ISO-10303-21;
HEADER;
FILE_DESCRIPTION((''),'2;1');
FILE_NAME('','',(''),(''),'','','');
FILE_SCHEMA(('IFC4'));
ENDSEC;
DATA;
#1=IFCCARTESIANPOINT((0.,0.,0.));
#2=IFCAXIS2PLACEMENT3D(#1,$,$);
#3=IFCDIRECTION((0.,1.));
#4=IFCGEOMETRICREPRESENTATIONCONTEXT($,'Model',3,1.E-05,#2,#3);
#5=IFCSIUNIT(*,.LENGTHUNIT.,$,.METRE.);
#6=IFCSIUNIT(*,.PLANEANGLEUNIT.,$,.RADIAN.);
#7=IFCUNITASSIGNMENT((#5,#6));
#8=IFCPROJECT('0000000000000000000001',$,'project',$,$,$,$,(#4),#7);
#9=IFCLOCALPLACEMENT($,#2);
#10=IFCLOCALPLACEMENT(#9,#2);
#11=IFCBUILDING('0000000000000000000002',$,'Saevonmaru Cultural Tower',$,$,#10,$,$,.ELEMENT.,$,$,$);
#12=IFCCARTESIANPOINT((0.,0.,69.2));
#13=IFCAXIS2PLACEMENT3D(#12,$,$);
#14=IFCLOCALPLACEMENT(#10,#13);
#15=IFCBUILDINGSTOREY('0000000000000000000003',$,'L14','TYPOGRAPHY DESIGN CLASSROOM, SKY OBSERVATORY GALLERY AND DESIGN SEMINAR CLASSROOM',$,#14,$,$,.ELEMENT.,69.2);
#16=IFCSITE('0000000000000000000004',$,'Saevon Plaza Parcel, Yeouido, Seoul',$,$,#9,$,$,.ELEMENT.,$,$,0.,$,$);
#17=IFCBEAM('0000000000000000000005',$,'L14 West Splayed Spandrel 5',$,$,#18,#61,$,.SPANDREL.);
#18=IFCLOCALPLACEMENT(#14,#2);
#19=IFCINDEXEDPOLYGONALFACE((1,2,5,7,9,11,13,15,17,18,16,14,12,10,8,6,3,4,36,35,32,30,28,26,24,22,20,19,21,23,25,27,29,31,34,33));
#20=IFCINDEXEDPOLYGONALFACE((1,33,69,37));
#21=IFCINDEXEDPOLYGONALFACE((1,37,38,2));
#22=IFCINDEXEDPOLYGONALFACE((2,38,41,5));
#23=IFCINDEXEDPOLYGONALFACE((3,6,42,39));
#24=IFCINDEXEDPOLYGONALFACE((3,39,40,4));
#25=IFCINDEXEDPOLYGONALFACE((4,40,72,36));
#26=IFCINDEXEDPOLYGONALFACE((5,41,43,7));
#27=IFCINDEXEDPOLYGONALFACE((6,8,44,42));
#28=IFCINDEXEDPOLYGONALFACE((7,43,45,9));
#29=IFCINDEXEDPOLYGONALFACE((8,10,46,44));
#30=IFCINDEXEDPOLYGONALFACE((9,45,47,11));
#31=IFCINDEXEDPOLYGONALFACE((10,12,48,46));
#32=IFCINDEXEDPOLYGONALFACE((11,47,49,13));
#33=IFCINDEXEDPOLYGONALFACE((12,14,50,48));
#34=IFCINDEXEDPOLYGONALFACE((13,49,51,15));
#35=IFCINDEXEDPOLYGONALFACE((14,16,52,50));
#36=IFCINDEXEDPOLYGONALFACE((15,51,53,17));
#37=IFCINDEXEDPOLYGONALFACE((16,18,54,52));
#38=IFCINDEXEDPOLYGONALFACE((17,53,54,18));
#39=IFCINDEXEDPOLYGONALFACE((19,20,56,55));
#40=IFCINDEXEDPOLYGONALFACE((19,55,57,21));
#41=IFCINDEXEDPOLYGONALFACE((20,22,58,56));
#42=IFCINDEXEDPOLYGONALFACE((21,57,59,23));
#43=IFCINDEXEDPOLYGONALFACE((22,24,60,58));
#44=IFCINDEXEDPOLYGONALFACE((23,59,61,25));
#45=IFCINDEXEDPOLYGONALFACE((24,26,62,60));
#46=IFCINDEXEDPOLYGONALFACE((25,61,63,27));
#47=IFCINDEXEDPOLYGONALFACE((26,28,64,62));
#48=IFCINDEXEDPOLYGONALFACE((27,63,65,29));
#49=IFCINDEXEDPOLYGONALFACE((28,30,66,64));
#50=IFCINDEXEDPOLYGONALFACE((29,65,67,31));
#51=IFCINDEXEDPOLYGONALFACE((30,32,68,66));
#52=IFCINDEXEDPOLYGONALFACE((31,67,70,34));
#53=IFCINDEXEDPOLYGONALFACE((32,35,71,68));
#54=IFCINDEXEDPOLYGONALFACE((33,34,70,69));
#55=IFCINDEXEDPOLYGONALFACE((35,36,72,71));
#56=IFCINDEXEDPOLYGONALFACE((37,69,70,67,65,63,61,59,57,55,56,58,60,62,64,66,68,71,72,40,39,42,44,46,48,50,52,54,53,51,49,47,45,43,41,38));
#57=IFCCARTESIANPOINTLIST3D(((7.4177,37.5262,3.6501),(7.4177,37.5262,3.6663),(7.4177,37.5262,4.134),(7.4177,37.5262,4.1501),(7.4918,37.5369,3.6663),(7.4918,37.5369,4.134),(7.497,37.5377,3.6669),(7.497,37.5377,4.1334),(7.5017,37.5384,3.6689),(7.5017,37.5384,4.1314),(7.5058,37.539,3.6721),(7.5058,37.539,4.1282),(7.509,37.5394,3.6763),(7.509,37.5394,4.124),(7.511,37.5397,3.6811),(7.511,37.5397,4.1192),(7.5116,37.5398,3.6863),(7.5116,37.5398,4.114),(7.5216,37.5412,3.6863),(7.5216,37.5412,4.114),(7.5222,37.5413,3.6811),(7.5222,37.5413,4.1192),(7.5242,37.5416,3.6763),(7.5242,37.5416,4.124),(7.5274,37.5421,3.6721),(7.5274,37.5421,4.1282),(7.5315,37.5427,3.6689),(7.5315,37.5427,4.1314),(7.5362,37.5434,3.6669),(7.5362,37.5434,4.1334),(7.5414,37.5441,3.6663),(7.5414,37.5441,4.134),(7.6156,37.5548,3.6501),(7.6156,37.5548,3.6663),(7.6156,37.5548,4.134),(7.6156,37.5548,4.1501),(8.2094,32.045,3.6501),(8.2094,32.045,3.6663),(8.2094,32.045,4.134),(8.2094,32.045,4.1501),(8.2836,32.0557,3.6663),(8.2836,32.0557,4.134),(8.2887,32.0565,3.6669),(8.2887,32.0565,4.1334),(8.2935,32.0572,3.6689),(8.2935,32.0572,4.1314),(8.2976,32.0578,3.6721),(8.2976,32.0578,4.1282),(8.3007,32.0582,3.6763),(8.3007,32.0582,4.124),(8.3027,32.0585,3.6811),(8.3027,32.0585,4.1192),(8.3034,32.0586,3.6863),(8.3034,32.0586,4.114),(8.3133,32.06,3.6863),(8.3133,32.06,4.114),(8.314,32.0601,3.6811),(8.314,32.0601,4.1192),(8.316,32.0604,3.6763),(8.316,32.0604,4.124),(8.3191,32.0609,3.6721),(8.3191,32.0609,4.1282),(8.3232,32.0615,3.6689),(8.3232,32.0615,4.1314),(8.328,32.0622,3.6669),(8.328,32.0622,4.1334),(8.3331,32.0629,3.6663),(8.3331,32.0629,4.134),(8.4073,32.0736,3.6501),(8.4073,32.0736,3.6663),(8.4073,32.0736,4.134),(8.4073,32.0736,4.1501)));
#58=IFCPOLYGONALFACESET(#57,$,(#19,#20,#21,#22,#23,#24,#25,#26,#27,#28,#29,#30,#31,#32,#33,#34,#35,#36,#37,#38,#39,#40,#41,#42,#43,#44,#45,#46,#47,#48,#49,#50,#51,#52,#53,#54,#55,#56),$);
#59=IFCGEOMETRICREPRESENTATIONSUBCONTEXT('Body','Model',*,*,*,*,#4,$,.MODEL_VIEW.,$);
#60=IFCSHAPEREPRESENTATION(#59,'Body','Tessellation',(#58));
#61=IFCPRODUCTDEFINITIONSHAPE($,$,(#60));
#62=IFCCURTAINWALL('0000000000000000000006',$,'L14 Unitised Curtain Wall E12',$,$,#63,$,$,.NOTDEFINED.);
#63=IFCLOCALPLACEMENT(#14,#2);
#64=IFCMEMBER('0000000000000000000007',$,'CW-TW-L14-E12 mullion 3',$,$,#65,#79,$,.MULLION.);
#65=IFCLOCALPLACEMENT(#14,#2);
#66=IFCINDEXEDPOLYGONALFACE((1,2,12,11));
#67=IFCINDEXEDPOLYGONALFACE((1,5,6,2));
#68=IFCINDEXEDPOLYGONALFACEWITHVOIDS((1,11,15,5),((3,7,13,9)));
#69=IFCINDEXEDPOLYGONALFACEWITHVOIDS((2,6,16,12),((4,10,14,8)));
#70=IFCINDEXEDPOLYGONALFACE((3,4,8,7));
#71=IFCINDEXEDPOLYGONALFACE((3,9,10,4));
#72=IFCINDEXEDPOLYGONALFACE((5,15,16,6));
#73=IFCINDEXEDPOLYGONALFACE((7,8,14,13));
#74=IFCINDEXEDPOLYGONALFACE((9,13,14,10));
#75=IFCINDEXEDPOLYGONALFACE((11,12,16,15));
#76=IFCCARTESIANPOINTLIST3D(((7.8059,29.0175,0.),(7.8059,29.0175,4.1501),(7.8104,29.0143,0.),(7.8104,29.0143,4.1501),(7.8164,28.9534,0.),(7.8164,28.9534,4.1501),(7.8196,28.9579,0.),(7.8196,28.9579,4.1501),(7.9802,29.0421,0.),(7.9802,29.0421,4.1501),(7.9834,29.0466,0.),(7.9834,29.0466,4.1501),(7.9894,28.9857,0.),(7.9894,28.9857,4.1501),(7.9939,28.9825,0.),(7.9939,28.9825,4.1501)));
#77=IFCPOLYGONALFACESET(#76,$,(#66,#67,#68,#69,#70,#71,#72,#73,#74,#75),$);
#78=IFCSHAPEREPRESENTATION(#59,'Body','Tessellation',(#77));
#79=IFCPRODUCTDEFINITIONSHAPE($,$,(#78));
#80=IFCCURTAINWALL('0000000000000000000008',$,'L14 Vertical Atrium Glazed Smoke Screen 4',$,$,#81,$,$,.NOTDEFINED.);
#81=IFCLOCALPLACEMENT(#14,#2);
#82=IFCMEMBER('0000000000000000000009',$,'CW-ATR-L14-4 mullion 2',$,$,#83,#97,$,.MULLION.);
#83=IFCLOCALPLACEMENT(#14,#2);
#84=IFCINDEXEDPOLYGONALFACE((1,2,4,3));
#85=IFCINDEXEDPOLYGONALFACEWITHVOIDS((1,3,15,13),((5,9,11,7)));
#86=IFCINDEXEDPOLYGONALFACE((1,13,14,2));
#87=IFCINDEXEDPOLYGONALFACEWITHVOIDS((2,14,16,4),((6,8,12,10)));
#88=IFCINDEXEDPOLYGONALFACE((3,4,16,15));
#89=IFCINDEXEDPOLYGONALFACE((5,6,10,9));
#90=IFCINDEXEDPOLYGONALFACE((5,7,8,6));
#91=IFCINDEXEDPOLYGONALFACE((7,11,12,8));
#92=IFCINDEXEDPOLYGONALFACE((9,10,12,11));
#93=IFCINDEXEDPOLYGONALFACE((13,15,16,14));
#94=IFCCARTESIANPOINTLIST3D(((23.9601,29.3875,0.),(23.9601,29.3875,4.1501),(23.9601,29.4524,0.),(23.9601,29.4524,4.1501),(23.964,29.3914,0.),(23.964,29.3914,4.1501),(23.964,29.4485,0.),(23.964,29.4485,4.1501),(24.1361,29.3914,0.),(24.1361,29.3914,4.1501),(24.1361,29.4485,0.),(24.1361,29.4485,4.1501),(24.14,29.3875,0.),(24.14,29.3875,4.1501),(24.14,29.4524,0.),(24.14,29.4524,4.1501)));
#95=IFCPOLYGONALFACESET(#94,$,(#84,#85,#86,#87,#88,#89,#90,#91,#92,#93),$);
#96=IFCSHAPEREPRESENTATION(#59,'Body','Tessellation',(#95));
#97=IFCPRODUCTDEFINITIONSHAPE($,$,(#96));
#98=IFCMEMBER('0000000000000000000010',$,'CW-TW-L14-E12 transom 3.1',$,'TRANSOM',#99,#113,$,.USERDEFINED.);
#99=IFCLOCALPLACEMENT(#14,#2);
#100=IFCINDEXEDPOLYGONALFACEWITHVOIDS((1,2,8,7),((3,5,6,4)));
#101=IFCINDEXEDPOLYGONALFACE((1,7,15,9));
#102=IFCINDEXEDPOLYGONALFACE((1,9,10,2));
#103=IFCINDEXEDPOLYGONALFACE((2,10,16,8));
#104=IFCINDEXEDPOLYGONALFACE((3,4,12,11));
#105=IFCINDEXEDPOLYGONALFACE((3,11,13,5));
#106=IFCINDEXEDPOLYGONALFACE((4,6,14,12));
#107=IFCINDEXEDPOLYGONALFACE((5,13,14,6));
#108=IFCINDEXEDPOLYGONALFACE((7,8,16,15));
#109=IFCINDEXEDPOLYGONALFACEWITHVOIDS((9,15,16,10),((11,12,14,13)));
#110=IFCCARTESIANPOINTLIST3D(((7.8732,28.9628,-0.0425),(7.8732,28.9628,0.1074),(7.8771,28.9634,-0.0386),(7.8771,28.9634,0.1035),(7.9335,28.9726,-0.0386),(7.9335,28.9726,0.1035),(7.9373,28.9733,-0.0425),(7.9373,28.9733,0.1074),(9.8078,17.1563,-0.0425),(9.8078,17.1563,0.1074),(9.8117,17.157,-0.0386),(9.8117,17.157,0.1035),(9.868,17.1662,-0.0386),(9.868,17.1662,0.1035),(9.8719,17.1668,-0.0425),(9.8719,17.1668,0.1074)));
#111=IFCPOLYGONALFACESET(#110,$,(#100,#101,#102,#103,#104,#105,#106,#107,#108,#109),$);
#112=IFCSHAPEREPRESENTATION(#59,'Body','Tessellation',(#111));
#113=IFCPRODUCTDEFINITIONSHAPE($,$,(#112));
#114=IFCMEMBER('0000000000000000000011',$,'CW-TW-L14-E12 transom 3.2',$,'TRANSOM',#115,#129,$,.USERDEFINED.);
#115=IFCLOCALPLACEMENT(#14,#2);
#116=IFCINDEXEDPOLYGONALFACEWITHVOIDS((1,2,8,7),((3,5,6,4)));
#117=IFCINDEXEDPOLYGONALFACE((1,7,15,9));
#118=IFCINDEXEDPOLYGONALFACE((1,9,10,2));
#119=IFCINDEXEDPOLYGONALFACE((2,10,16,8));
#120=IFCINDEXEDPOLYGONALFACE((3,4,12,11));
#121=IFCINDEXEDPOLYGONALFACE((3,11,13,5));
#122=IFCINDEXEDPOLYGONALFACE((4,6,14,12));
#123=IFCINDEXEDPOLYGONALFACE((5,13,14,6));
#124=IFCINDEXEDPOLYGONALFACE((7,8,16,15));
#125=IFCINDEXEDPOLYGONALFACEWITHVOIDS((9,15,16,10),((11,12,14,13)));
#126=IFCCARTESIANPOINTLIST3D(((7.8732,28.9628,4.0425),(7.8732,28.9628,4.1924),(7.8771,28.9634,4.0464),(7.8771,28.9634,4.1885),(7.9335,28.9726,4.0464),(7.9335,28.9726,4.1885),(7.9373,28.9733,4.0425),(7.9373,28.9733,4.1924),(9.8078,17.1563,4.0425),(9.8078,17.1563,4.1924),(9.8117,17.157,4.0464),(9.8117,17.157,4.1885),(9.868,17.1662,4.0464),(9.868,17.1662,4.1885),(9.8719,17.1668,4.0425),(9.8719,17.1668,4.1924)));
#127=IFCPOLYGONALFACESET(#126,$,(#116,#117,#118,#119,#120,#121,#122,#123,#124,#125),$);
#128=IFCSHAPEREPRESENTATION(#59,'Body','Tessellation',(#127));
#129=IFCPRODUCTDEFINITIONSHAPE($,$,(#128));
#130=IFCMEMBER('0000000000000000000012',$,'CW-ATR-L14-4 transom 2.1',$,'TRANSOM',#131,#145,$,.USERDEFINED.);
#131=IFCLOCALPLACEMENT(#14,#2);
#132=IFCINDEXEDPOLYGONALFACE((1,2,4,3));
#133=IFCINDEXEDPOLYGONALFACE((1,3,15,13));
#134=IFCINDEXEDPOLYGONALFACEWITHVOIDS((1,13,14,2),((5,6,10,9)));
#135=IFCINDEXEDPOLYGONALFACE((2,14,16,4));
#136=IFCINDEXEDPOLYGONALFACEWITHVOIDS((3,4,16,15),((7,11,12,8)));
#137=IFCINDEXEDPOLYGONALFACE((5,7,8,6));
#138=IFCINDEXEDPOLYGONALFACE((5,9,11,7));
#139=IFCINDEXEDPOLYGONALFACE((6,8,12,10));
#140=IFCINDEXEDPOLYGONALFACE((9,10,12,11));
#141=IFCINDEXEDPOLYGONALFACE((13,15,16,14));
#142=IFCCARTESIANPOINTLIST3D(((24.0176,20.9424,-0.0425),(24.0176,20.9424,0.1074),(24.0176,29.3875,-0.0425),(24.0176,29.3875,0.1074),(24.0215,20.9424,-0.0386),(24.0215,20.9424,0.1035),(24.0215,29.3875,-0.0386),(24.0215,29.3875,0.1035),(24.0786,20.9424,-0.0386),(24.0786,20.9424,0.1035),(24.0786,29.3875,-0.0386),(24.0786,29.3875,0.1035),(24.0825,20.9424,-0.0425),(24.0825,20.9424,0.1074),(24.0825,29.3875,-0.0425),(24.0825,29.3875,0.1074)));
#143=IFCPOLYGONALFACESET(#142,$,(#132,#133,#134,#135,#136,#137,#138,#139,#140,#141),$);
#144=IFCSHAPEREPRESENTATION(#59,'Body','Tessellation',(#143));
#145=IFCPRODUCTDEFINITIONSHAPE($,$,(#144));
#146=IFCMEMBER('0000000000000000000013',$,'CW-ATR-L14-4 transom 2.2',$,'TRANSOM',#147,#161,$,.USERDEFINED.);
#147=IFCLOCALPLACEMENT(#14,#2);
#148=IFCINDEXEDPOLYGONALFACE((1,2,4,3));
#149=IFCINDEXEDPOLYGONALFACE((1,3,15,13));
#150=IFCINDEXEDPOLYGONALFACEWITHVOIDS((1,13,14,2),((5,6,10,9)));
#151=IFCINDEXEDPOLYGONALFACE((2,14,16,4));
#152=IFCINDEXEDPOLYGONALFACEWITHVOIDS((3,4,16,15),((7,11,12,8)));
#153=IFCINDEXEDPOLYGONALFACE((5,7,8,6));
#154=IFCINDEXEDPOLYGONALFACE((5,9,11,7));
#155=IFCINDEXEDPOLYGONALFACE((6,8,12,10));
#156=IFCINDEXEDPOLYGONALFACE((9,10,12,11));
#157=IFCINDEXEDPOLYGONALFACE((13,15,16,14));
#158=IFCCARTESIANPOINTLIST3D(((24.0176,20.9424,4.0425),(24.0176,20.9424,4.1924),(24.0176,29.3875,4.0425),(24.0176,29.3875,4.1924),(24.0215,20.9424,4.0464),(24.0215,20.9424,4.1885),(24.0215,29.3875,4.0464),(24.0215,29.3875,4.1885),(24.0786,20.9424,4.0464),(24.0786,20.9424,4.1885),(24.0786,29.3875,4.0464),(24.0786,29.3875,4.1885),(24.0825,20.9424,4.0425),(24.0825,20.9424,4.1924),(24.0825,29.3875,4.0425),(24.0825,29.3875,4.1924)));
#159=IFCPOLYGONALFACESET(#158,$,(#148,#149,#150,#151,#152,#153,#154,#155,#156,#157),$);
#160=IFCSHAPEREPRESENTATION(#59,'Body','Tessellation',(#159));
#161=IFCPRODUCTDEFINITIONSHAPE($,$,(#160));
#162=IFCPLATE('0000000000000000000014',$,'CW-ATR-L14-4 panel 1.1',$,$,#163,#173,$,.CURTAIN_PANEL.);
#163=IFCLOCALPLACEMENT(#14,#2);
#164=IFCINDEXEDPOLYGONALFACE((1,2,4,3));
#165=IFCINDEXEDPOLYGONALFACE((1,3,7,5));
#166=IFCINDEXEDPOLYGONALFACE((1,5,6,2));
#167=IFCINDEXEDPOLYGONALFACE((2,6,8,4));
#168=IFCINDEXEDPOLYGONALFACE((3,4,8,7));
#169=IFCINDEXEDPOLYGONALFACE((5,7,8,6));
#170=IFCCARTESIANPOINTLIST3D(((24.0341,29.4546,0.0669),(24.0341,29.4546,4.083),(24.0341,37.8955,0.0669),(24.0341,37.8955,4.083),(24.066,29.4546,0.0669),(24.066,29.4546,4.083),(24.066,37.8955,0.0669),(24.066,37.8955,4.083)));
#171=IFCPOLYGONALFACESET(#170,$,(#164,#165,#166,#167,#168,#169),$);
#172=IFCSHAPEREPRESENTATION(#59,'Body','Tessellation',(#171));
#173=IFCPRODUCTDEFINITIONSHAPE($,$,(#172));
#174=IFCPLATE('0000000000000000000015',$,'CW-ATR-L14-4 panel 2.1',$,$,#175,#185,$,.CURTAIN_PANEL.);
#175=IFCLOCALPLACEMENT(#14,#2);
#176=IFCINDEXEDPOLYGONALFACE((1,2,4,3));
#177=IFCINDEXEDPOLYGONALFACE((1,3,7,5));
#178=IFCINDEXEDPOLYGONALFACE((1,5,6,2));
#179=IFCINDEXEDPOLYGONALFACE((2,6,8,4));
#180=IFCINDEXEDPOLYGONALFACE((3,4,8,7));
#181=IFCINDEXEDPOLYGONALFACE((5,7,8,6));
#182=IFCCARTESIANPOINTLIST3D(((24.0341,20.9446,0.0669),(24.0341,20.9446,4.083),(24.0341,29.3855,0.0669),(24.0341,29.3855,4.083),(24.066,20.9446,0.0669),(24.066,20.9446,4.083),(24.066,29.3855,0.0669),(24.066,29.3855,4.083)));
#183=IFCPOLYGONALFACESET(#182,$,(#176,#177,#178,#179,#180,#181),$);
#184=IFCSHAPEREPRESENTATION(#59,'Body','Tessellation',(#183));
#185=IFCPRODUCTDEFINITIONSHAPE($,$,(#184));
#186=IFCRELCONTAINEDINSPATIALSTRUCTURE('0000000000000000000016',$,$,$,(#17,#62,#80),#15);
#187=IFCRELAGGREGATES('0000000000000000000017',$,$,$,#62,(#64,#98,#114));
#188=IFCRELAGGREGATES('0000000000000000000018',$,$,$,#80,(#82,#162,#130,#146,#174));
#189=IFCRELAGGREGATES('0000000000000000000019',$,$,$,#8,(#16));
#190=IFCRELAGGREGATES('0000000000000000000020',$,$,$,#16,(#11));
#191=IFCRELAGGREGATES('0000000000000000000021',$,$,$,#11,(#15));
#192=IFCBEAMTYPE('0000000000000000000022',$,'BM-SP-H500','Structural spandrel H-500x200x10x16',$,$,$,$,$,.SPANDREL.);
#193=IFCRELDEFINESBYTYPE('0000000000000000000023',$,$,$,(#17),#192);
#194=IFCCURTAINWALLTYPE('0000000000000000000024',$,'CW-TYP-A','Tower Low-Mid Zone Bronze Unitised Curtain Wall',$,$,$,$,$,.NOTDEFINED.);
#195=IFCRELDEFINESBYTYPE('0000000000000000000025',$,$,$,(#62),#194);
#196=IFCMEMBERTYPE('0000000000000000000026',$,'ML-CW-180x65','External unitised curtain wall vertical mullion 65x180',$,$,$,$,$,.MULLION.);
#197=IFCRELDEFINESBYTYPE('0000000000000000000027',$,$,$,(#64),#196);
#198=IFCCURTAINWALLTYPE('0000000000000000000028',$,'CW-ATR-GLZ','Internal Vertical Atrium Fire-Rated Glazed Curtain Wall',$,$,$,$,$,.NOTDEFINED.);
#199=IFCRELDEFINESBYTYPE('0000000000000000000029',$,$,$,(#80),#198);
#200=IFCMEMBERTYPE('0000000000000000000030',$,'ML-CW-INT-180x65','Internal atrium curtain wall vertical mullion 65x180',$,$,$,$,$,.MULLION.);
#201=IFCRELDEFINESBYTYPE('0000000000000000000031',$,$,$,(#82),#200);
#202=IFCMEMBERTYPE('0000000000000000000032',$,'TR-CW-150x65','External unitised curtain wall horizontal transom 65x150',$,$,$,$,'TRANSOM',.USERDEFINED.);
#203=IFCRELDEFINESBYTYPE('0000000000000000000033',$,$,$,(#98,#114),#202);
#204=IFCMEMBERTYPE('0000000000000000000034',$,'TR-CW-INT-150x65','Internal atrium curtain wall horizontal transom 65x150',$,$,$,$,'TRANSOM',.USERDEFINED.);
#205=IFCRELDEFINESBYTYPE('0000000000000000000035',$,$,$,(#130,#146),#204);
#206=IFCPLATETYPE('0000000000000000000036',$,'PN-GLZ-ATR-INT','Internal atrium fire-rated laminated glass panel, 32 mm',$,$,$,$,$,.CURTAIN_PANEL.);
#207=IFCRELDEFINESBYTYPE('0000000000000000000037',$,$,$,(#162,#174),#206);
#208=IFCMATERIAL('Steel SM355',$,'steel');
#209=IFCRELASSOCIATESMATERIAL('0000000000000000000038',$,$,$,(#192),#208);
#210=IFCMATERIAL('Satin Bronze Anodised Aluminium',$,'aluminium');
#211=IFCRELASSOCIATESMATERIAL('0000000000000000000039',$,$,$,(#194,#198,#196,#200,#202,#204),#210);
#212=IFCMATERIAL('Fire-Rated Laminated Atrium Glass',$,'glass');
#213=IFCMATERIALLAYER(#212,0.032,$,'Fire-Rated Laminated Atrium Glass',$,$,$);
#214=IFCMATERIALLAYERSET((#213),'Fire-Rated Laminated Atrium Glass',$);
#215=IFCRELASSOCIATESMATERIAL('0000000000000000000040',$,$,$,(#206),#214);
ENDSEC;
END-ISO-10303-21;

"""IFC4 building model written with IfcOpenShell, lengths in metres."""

from ifc_helpers import new_model, si_unit, direction, frame, origin, origin_2d, place, context, subcontext, project, spatial, rectangle, hollow_rectangle, i_section, extrude, material, layer, layer_set, material_profile, profile_set, type_object, element, aggregate, save


model = new_model("IFC4")

# Units and contexts
model_context = context("Model", 3, precision=1e-05, world=origin(), true_north=direction((0.0, 1.0)))
body_context = subcontext(model_context, "Body", "Model", "MODEL_VIEW")
ifc_project = project(units=[si_unit("LENGTHUNIT", "METRE"), si_unit("PLANEANGLEUNIT", "RADIAN")], contexts=[model_context])

# Site, building, storey
site_placement = place(None, origin())
site = spatial("IfcSite", under=ifc_project, at=site_placement, Name="Saevon Plaza Parcel, Yeouido, Seoul", CompositionType="ELEMENT", RefElevation=0.0)
building_placement = place(site_placement, origin())
building = spatial("IfcBuilding", under=site, at=building_placement, Name="Saevonmaru Cultural Tower", CompositionType="ELEMENT")
storey_placement = place(building_placement, frame((0.0, 0.0, 69.2)))
storey = spatial("IfcBuildingStorey", under=building, at=storey_placement, Name="L14", Description="TYPOGRAPHY DESIGN CLASSROOM, SKY OBSERVATORY GALLERY AND DESIGN SEMINAR CLASSROOM", CompositionType="ELEMENT", Elevation=69.2)

# Beam
ifc_material_1 = material(Name="Steel SM355", Category="steel")
ifc_material_profile_1 = material_profile(ifc_material_1, i_section(OverallWidth=0.2, OverallDepth=0.5, WebThickness=0.01, FlangeThickness=0.0161, FilletRadius=0.02, at=origin_2d()), Name="H-500x200x10x16")
ifc_profile_set_1 = profile_set([ifc_material_profile_1], Name="Steel SM355")
beam_type_1 = type_object("IfcBeamType", Name="BM-SP-H500", Description="Structural spandrel H-500x200x10x16", PredefinedType="SPANDREL", material=ifc_profile_set_1)
beam_1_placement = place(storey_placement, frame((8.3083, 32.0593, 3.9001), z_axis=(-0.142964, 0.989728, 0.0), x_axis=(-0.989728, -0.142964, 0.0)))
element("IfcBeam", 1, at=beam_1_placement, inside=storey, type_object=beam_type_1, Name="L14 West Splayed Spandrel 5", PredefinedType="SPANDREL", context=body_context, shape_type="SweptSolid", body=[
    extrude(i_section(OverallWidth=0.2, OverallDepth=0.5, WebThickness=0.01, FlangeThickness=0.0161, FilletRadius=0.02, at=origin_2d()), origin(), (0.0, 0.0, 1.0), 5.5381),
])

# Curtain walls, members
ifc_material_2 = material(Name="Satin Bronze Anodised Aluminium", Category="aluminium")
curtain_wall_type_1 = type_object("IfcCurtainWallType", Name="CW-TYP-A", Description="Tower Low-Mid Zone Bronze Unitised Curtain Wall", PredefinedType="NOTDEFINED", material=ifc_material_2)
curtain_wall_1_placement = place(storey_placement, origin())
curtain_wall_1 = element("IfcCurtainWall", 2, at=curtain_wall_1_placement, inside=storey, type_object=curtain_wall_type_1, Name="L14 Unitised Curtain Wall E12", PredefinedType="NOTDEFINED")
ifc_material_profile_2 = material_profile(ifc_material_2, hollow_rectangle(XDim=0.0649, YDim=0.1799, WallThickness=0.0039, at=origin_2d()), Name="ALU-MULL-180x65x4")
ifc_profile_set_2 = profile_set([ifc_material_profile_2], Name="Satin Bronze Anodised Aluminium")
member_type_1 = type_object("IfcMemberType", Name="ML-CW-180x65", Description="External unitised curtain wall vertical mullion 65x180", PredefinedType="MULLION", material=ifc_profile_set_2)
member_1_placement = place(storey_placement, frame((7.8999, 29.0, 0.0), z_axis=(0.0, 0.0, 1.0), x_axis=(0.161709, -0.986839, 0.0)))
member_1 = element("IfcMember", 3, at=member_1_placement, type_object=member_type_1, Name="CW-TW-L14-E12 mullion 3", PredefinedType="MULLION", context=body_context, shape_type="SweptSolid", body=[
    extrude(hollow_rectangle(XDim=0.0649, YDim=0.1799, WallThickness=0.0039, at=origin_2d()), origin(), (0.0, 0.0, 1.0), 4.1501),
])
curtain_wall_type_2 = type_object("IfcCurtainWallType", Name="CW-ATR-GLZ", Description="Internal Vertical Atrium Fire-Rated Glazed Curtain Wall", PredefinedType="NOTDEFINED", material=ifc_material_2)
curtain_wall_2_placement = place(storey_placement, origin())
curtain_wall_2 = element("IfcCurtainWall", 4, at=curtain_wall_2_placement, inside=storey, type_object=curtain_wall_type_2, Name="L14 Vertical Atrium Glazed Smoke Screen 4", PredefinedType="NOTDEFINED")
ifc_material_profile_3 = material_profile(ifc_material_2, hollow_rectangle(XDim=0.0649, YDim=0.1799, WallThickness=0.0039, at=origin_2d()), Name="ALU-MULL-180x65x4")
ifc_profile_set_3 = profile_set([ifc_material_profile_3], Name="Satin Bronze Anodised Aluminium")
member_type_2 = type_object("IfcMemberType", Name="ML-CW-INT-180x65", Description="Internal atrium curtain wall vertical mullion 65x180", PredefinedType="MULLION", material=ifc_profile_set_3)
member_2_placement = place(storey_placement, frame((24.05, 29.4199, 0.0), z_axis=(0.0, 0.0, 1.0), x_axis=(0.0, -1.0, 0.0)))
member_2 = element("IfcMember", 5, at=member_2_placement, type_object=member_type_2, Name="CW-ATR-L14-4 mullion 2", PredefinedType="MULLION", context=body_context, shape_type="SweptSolid", body=[
    extrude(hollow_rectangle(XDim=0.0649, YDim=0.1799, WallThickness=0.0039, at=origin_2d()), origin(), (0.0, 0.0, 1.0), 4.1501),
])

# Members
ifc_material_profile_4 = material_profile(ifc_material_2, hollow_rectangle(XDim=0.0649, YDim=0.1499, WallThickness=0.0039, at=origin_2d()), Name="ALU-TRAN-150x65x4")
ifc_profile_set_4 = profile_set([ifc_material_profile_4], Name="Satin Bronze Anodised Aluminium")
member_type_3 = type_object("IfcMemberType", Name="TR-CW-150x65", Description="External unitised curtain wall horizontal transom 65x150", ElementType="TRANSOM", PredefinedType="USERDEFINED", material=ifc_profile_set_4)
member_3_placement = place(storey_placement, frame((7.9053, 28.968, 0.0325), z_axis=(0.161701, -0.98684, 0.0), x_axis=(0.98684, 0.161701, 0.0)))
member_3 = element("IfcMember", 6, at=member_3_placement, type_object=member_type_3, Name="CW-TW-L14-E12 transom 3.1", ObjectType="TRANSOM", PredefinedType="USERDEFINED", context=body_context, shape_type="SweptSolid", body=[
    extrude(hollow_rectangle(XDim=0.0649, YDim=0.1499, WallThickness=0.0039, at=origin_2d()), origin(), (0.0, 0.0, 1.0), 11.9639),
])
member_4_placement = place(storey_placement, frame((7.9053, 28.968, 4.1174), z_axis=(0.161701, -0.98684, 0.0), x_axis=(0.98684, 0.161701, 0.0)))
member_4 = element("IfcMember", 7, at=member_4_placement, type_object=member_type_3, Name="CW-TW-L14-E12 transom 3.2", ObjectType="TRANSOM", PredefinedType="USERDEFINED", context=body_context, shape_type="SweptSolid", body=[
    extrude(hollow_rectangle(XDim=0.0649, YDim=0.1499, WallThickness=0.0039, at=origin_2d()), origin(), (0.0, 0.0, 1.0), 11.9639),
])
aggregate(curtain_wall_1, [member_1, member_3, member_4])
ifc_material_profile_5 = material_profile(ifc_material_2, hollow_rectangle(XDim=0.0649, YDim=0.1499, WallThickness=0.0039, at=origin_2d()), Name="ALU-TRAN-150x65x4")
ifc_profile_set_5 = profile_set([ifc_material_profile_5], Name="Satin Bronze Anodised Aluminium")
member_type_4 = type_object("IfcMemberType", Name="TR-CW-INT-150x65", Description="Internal atrium curtain wall horizontal transom 65x150", ElementType="TRANSOM", PredefinedType="USERDEFINED", material=ifc_profile_set_5)
member_5_placement = place(storey_placement, frame((24.05, 29.3875, 0.0325), z_axis=(0.0, -1.0, 0.0), x_axis=(1.0, 0.0, 0.0)))
member_5 = element("IfcMember", 8, at=member_5_placement, type_object=member_type_4, Name="CW-ATR-L14-4 transom 2.1", ObjectType="TRANSOM", PredefinedType="USERDEFINED", context=body_context, shape_type="SweptSolid", body=[
    extrude(hollow_rectangle(XDim=0.0649, YDim=0.1499, WallThickness=0.0039, at=origin_2d()), origin(), (0.0, 0.0, 1.0), 8.4451),
])
member_6_placement = place(storey_placement, frame((24.05, 29.3875, 4.1174), z_axis=(0.0, -1.0, 0.0), x_axis=(1.0, 0.0, 0.0)))
member_6 = element("IfcMember", 9, at=member_6_placement, type_object=member_type_4, Name="CW-ATR-L14-4 transom 2.2", ObjectType="TRANSOM", PredefinedType="USERDEFINED", context=body_context, shape_type="SweptSolid", body=[
    extrude(hollow_rectangle(XDim=0.0649, YDim=0.1499, WallThickness=0.0039, at=origin_2d()), origin(), (0.0, 0.0, 1.0), 8.4451),
])

# Plates
ifc_material_3 = material(Name="Fire-Rated Laminated Atrium Glass", Category="glass")
ifc_layer_1 = layer(ifc_material_3, 0.032, Name="Fire-Rated Laminated Atrium Glass")
ifc_layer_set_1 = layer_set([ifc_layer_1], Name="Fire-Rated Laminated Atrium Glass")
plate_type = type_object("IfcPlateType", Name="PN-GLZ-ATR-INT", Description="Internal atrium fire-rated laminated glass panel, 32 mm", PredefinedType="CURTAIN_PANEL", material=ifc_layer_set_1)
plate_1_placement = place(storey_placement, frame((24.05, 33.675, 0.0669), z_axis=(0.0, 0.0, 1.0), x_axis=(0.0, -1.0, 0.0)))
plate_1 = element("IfcPlate", 10, at=plate_1_placement, type_object=plate_type, Name="CW-ATR-L14-4 panel 1.1", PredefinedType="CURTAIN_PANEL", context=body_context, shape_type="SweptSolid", body=[
    extrude(rectangle(XDim=8.4409, YDim=0.032, at=origin_2d()), origin(), (0.0, 0.0, 1.0), 4.0161),
])
plate_2_placement = place(storey_placement, frame((24.05, 25.165, 0.0669), z_axis=(0.0, 0.0, 1.0), x_axis=(0.0, -1.0, 0.0)))
plate_2 = element("IfcPlate", 11, at=plate_2_placement, type_object=plate_type, Name="CW-ATR-L14-4 panel 2.1", PredefinedType="CURTAIN_PANEL", context=body_context, shape_type="SweptSolid", body=[
    extrude(rectangle(XDim=8.4409, YDim=0.032, at=origin_2d()), origin(), (0.0, 0.0, 1.0), 4.0161),
])
aggregate(curtain_wall_2, [member_2, plate_1, member_5, member_6, plate_2])

save(model, "model.ifc")
